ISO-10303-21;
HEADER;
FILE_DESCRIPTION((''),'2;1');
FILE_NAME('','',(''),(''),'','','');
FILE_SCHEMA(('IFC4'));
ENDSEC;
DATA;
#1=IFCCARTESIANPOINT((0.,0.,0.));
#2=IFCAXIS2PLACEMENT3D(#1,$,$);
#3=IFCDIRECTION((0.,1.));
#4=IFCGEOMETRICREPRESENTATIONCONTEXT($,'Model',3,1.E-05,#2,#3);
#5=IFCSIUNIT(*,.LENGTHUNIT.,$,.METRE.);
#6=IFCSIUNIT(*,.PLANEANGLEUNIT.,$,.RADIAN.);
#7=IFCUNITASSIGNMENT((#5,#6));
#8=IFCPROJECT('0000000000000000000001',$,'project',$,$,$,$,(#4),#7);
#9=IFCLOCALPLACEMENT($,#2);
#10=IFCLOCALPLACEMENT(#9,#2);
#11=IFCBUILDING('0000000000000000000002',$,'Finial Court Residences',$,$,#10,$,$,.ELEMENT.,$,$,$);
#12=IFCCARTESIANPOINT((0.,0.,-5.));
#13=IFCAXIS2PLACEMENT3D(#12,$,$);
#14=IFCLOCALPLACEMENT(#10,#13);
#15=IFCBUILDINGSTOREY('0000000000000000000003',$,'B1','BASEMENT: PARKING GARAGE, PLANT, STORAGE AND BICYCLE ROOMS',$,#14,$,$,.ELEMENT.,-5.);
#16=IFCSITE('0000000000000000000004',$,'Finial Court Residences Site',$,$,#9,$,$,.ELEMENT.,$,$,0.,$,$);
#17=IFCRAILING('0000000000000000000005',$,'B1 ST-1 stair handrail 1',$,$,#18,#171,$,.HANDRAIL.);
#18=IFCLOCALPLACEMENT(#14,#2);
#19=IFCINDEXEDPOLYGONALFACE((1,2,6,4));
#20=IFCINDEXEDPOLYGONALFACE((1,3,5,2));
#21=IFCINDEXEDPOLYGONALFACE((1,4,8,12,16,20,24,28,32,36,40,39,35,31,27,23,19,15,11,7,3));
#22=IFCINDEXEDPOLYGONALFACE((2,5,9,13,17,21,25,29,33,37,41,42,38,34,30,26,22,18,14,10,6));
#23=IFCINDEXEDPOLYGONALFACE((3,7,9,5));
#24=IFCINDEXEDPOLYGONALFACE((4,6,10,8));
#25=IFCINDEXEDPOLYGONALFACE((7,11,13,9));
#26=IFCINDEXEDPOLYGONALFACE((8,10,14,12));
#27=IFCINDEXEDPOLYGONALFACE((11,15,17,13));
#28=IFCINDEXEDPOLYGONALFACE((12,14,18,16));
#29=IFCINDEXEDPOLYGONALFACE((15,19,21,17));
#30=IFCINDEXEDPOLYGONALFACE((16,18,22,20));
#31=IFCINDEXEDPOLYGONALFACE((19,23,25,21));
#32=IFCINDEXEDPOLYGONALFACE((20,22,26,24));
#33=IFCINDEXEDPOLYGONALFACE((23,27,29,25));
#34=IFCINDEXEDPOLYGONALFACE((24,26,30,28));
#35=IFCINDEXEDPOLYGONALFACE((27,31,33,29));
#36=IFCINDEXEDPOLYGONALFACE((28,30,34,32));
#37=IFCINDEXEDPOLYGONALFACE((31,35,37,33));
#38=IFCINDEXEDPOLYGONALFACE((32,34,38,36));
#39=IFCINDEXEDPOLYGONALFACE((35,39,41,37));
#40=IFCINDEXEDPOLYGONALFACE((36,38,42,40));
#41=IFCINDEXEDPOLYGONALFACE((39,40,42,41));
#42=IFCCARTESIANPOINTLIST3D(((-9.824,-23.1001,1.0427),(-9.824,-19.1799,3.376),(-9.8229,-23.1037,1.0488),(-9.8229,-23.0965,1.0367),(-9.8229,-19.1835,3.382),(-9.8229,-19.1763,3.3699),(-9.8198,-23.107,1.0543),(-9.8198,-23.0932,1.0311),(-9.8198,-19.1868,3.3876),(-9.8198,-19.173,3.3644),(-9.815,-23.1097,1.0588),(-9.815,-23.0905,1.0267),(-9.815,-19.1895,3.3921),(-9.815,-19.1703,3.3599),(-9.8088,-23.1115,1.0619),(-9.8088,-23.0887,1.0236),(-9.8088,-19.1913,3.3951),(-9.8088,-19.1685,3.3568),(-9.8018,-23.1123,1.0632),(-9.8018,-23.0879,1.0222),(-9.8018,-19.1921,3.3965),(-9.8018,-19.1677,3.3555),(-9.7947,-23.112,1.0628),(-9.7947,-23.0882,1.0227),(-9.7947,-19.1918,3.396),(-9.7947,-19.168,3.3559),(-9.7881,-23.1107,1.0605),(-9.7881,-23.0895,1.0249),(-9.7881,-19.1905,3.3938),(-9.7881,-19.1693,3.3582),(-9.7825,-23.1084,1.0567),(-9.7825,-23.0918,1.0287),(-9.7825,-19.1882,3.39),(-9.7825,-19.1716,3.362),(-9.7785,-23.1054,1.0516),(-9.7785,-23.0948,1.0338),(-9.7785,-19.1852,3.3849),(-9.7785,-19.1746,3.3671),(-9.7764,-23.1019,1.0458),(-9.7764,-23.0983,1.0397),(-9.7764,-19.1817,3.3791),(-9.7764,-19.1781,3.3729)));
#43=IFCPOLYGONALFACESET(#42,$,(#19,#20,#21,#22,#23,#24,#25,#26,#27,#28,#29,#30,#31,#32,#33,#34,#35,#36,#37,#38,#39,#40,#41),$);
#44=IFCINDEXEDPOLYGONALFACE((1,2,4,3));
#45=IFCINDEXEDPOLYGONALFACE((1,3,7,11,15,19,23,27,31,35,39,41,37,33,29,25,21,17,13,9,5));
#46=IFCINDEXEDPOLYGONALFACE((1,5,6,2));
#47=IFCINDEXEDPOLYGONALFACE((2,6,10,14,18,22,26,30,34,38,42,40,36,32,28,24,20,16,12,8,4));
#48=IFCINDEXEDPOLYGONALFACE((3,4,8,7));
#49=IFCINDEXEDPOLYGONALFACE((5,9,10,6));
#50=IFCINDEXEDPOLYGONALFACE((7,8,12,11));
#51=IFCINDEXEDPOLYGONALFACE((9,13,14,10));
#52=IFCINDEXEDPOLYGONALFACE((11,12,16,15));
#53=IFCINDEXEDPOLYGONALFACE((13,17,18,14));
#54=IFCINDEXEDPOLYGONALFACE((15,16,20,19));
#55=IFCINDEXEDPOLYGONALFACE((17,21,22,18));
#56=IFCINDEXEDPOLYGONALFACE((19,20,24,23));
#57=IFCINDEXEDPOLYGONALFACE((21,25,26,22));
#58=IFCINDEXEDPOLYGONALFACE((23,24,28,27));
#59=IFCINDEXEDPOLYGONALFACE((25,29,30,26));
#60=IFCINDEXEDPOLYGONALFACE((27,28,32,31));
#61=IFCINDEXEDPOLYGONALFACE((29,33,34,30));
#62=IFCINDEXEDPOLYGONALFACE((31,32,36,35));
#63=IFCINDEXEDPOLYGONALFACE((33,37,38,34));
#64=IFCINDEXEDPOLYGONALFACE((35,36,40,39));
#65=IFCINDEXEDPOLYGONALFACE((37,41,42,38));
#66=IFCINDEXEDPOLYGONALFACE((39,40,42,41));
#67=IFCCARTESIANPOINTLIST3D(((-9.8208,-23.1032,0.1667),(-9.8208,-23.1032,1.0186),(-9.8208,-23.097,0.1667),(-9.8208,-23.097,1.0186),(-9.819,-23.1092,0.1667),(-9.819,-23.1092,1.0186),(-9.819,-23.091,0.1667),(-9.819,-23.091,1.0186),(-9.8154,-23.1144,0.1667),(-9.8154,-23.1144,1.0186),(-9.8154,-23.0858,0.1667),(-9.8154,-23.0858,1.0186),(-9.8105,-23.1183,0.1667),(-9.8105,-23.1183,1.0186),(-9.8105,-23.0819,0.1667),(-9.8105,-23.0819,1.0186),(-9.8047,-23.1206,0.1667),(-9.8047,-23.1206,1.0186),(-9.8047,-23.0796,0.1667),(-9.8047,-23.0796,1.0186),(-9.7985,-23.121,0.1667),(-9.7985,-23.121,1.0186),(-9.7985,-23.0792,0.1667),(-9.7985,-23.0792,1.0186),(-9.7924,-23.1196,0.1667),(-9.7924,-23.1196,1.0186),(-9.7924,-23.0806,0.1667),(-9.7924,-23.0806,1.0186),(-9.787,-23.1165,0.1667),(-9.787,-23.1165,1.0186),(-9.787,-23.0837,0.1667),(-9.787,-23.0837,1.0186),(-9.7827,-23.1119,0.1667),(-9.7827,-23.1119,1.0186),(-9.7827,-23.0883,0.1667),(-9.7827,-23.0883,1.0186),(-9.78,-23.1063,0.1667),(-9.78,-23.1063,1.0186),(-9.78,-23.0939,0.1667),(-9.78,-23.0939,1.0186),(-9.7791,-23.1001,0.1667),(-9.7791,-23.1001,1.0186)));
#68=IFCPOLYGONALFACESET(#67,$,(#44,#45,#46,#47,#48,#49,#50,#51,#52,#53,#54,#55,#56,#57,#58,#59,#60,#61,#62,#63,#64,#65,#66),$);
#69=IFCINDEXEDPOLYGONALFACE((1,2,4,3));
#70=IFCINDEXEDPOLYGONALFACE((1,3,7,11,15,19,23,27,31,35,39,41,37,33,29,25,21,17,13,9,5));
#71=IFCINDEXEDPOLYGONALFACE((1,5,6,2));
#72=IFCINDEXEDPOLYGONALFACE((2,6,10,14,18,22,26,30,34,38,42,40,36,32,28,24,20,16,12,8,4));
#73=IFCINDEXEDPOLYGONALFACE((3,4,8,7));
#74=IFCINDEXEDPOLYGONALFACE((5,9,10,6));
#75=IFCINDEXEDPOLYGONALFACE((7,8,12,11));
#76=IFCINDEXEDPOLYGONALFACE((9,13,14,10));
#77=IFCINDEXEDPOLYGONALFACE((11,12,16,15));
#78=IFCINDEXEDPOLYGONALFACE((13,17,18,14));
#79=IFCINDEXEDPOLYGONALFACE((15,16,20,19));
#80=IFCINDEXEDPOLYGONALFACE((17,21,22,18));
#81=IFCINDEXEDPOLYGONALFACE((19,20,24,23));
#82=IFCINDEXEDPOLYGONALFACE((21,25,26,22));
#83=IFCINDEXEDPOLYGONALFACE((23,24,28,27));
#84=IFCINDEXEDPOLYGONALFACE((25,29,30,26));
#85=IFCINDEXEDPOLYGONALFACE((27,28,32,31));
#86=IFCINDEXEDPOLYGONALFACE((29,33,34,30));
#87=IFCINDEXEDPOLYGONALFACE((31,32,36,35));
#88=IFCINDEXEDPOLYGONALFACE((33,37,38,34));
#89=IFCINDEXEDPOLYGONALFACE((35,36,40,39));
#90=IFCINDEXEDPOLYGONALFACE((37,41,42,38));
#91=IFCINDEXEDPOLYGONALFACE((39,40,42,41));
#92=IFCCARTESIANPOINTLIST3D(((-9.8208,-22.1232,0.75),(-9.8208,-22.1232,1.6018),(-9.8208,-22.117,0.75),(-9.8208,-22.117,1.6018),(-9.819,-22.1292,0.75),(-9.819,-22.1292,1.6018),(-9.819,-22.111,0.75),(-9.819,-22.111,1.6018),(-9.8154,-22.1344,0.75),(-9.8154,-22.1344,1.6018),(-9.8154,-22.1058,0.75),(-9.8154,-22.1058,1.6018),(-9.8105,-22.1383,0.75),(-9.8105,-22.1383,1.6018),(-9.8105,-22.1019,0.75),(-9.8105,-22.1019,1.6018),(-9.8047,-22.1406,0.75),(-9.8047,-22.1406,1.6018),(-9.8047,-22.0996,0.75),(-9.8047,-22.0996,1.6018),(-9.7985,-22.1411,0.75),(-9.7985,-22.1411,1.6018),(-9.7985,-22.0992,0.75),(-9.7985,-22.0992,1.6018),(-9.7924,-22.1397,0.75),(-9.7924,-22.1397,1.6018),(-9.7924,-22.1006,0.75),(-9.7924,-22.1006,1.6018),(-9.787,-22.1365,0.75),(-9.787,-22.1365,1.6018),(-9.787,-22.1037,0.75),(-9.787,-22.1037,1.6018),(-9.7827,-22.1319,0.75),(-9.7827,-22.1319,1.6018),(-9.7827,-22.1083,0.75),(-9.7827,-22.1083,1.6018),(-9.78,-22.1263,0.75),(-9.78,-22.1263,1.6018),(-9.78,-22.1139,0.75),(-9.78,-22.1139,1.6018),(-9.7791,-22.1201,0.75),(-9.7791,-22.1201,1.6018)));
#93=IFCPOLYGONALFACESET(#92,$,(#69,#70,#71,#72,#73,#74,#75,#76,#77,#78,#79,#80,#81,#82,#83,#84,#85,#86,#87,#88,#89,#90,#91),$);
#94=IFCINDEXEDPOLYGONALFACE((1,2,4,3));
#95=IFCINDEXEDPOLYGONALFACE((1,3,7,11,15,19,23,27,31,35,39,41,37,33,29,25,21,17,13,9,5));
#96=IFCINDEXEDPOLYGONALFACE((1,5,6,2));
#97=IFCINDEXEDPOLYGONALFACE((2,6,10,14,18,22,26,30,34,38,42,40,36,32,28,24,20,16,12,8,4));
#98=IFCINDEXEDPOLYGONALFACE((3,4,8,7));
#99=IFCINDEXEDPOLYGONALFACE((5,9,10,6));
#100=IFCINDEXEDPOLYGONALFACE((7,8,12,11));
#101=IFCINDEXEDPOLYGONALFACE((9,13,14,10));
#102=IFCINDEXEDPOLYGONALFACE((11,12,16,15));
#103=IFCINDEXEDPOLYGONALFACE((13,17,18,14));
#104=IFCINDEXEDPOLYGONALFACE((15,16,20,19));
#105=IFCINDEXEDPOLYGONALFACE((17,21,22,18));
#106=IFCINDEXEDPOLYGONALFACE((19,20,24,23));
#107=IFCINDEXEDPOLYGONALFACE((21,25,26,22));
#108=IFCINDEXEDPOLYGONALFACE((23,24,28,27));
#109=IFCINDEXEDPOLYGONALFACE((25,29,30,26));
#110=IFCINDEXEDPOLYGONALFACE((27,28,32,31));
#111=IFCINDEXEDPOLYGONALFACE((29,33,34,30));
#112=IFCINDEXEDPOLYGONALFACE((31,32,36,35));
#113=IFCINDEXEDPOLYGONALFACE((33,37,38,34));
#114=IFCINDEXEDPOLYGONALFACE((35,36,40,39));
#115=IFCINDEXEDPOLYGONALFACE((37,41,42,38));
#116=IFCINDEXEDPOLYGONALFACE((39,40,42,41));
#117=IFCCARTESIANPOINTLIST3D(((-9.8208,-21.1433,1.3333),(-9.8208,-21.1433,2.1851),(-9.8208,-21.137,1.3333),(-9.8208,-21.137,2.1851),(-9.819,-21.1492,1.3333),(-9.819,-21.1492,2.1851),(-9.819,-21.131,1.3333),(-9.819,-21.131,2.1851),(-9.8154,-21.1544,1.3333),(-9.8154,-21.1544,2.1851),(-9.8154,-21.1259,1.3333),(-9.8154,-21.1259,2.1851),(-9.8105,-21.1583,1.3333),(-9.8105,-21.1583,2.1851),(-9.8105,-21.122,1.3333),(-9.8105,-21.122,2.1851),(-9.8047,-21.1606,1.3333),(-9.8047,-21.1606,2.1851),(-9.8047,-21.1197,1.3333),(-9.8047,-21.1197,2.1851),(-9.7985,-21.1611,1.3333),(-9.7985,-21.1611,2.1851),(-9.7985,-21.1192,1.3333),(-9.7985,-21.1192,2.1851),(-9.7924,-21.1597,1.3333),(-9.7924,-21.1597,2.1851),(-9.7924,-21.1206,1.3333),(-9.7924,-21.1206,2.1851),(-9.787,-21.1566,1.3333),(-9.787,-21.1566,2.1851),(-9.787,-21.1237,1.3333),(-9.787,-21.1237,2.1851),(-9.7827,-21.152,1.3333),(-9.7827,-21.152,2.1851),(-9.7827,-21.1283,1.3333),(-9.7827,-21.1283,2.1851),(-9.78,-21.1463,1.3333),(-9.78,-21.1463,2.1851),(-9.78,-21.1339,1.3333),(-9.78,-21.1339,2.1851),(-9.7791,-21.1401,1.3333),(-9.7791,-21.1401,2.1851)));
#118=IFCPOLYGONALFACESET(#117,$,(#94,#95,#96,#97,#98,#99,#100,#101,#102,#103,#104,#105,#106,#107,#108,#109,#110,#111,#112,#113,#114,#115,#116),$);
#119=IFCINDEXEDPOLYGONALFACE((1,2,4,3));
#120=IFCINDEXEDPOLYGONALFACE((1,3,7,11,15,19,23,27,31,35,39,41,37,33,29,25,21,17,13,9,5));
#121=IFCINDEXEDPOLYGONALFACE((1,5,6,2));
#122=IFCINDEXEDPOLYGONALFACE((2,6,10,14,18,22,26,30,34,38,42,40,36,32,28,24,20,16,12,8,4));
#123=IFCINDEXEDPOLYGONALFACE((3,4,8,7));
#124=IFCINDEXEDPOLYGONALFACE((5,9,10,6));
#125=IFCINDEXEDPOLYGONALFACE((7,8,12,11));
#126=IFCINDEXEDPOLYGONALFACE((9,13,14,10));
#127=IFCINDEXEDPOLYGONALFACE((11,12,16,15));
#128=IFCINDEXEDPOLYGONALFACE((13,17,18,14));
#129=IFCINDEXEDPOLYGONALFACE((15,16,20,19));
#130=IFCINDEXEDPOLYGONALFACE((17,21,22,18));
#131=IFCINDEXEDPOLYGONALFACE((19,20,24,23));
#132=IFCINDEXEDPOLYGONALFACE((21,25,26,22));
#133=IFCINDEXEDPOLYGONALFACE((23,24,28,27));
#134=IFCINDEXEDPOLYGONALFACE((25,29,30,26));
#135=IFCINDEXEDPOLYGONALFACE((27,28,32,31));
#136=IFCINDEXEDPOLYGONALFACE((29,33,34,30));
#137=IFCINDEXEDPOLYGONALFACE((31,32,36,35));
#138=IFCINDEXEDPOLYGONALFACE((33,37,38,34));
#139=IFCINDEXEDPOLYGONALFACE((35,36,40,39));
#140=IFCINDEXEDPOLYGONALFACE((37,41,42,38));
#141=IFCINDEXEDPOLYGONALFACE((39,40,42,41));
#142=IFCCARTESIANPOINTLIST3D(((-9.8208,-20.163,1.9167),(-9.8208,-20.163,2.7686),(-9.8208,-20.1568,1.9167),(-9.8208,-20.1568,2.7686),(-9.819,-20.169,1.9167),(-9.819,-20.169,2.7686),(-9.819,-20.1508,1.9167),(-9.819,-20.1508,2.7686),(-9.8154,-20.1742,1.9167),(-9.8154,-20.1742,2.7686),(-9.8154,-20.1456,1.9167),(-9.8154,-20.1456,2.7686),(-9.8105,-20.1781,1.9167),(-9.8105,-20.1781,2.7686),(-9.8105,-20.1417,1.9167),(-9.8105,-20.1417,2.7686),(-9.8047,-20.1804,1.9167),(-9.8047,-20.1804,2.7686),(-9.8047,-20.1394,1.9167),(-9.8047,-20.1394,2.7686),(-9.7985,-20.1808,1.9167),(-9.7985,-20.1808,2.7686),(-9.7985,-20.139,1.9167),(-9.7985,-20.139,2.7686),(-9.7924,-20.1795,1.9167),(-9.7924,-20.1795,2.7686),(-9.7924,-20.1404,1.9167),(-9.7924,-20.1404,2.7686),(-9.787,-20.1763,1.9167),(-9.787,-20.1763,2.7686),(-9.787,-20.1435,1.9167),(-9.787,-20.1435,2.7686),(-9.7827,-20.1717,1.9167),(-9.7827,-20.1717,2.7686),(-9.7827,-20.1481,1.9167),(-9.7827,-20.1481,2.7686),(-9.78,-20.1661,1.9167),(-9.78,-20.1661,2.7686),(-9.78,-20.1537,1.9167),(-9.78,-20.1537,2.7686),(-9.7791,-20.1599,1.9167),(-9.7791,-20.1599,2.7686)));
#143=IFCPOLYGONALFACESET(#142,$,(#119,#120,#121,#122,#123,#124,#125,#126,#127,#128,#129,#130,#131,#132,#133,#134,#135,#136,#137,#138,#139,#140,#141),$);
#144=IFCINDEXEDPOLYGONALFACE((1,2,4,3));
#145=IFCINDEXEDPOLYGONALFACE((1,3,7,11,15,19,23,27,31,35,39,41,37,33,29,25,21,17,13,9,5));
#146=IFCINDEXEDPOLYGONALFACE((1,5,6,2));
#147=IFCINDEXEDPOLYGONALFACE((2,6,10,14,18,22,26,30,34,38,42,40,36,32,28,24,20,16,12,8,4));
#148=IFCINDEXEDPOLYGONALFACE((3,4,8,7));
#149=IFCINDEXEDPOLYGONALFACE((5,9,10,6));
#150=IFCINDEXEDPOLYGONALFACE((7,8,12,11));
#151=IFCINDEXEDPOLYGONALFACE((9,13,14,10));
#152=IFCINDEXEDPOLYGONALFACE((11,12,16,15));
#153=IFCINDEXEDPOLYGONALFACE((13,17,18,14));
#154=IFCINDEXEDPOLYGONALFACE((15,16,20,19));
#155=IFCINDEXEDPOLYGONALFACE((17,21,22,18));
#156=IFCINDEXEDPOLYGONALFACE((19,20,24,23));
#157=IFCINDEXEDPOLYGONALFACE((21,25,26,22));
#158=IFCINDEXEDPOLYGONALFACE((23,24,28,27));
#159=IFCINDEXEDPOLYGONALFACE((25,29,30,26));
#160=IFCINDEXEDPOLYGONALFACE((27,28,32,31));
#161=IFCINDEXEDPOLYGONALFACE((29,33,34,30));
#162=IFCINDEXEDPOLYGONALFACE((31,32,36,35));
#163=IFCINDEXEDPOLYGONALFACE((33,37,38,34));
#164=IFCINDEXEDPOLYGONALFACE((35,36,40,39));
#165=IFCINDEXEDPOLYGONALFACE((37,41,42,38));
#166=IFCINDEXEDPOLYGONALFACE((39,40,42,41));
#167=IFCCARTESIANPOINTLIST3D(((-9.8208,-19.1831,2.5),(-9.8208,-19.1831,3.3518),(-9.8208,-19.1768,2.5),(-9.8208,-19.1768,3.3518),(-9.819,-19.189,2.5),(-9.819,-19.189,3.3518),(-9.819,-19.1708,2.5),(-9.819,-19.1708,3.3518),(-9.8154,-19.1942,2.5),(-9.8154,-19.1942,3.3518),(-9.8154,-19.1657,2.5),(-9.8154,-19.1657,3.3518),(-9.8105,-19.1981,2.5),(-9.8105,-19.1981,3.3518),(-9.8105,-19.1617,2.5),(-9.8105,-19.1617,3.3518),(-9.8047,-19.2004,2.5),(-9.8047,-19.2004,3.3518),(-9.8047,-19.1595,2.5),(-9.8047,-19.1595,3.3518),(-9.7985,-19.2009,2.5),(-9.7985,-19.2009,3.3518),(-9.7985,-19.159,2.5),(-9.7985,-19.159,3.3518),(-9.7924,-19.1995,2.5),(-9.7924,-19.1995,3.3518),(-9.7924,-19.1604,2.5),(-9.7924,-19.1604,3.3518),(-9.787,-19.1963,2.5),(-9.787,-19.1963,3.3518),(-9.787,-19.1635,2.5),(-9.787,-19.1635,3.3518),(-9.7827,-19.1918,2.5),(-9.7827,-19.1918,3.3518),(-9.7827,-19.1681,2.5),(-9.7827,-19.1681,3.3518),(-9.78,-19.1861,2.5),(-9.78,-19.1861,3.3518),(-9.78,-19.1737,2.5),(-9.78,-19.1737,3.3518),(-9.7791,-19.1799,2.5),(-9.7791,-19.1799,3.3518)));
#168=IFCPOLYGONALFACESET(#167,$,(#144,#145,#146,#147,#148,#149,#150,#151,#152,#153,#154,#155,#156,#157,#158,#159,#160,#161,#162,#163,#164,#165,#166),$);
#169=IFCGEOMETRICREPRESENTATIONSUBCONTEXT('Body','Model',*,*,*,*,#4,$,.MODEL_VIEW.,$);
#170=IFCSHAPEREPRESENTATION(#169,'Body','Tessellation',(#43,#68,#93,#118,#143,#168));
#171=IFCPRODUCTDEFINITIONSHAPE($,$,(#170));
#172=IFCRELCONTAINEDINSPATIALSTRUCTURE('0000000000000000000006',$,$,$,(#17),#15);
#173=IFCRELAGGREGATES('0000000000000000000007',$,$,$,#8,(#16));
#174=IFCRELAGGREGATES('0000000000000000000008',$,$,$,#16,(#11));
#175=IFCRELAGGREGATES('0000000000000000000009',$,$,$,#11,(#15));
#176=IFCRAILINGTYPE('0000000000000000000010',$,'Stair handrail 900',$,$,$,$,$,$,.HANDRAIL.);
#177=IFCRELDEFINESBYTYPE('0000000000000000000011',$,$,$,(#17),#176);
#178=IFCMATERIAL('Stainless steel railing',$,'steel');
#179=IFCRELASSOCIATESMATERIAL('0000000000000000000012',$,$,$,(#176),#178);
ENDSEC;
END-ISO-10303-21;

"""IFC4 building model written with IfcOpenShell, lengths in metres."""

from ifc_helpers import new_model, si_unit, direction, frame, origin, origin_2d, place, context, subcontext, project, spatial, circle, extrude, material, type_object, element, save


model = new_model("IFC4")

# Units and contexts
model_context = context("Model", 3, precision=1e-05, world=origin(), true_north=direction((0.0, 1.0)))
body_context = subcontext(model_context, "Body", "Model", "MODEL_VIEW")
ifc_project = project(units=[si_unit("LENGTHUNIT", "METRE"), si_unit("PLANEANGLEUNIT", "RADIAN")], contexts=[model_context])

# Site, building, storey
site_placement = place(None, origin())
site = spatial("IfcSite", under=ifc_project, at=site_placement, Name="Finial Court Residences Site", CompositionType="ELEMENT", RefElevation=0.0)
building_placement = place(site_placement, origin())
building = spatial("IfcBuilding", under=site, at=building_placement, Name="Finial Court Residences", CompositionType="ELEMENT")
storey_placement = place(building_placement, frame((0.0, 0.0, -5.0)))
storey = spatial("IfcBuildingStorey", under=building, at=storey_placement, Name="B1", Description="BASEMENT: PARKING GARAGE, PLANT, STORAGE AND BICYCLE ROOMS", CompositionType="ELEMENT", Elevation=-5.0)

# Railing
ifc_material_1 = material(Name="Stainless steel railing", Category="steel")
railing_type_1 = type_object("IfcRailingType", Name="Stair handrail 900", PredefinedType="HANDRAIL", material=ifc_material_1)
railing_1_placement = place(storey_placement, frame((-9.8, -23.1001, 0.1667)))
element("IfcRailing", 1, at=railing_1_placement, inside=storey, type_object=railing_type_1, Name="B1 ST-1 stair handrail 1", PredefinedType="HANDRAIL", context=body_context, shape_type="SweptSolid", body=[
    extrude(circle(Radius=0.0239, at=origin_2d()), frame((0.0, 0.0, 0.876), z_axis=(0.0, 0.85931, 0.511455), x_axis=(-1.0, 0.0, 0.0)), (0.0, 0.0, 1.0), 4.562),
    extrude(circle(Radius=0.021, at=origin_2d()), origin(), (0.0, 0.0, 1.0), 0.8518),
    extrude(circle(Radius=0.021, at=origin_2d()), frame((0.0, 0.98, 0.5833)), (0.0, 0.0, 1.0), 0.8518),
    extrude(circle(Radius=0.021, at=origin_2d()), frame((0.0, 1.96, 1.1665)), (0.0, 0.0, 1.0), 0.8518),
    extrude(circle(Radius=0.021, at=origin_2d()), frame((0.0, 2.9402, 1.75)), (0.0, 0.0, 1.0), 0.8518),
    extrude(circle(Radius=0.021, at=origin_2d()), frame((0.0, 3.9202, 2.3333)), (0.0, 0.0, 1.0), 0.8518),
])

save(model, "model.ifc")
